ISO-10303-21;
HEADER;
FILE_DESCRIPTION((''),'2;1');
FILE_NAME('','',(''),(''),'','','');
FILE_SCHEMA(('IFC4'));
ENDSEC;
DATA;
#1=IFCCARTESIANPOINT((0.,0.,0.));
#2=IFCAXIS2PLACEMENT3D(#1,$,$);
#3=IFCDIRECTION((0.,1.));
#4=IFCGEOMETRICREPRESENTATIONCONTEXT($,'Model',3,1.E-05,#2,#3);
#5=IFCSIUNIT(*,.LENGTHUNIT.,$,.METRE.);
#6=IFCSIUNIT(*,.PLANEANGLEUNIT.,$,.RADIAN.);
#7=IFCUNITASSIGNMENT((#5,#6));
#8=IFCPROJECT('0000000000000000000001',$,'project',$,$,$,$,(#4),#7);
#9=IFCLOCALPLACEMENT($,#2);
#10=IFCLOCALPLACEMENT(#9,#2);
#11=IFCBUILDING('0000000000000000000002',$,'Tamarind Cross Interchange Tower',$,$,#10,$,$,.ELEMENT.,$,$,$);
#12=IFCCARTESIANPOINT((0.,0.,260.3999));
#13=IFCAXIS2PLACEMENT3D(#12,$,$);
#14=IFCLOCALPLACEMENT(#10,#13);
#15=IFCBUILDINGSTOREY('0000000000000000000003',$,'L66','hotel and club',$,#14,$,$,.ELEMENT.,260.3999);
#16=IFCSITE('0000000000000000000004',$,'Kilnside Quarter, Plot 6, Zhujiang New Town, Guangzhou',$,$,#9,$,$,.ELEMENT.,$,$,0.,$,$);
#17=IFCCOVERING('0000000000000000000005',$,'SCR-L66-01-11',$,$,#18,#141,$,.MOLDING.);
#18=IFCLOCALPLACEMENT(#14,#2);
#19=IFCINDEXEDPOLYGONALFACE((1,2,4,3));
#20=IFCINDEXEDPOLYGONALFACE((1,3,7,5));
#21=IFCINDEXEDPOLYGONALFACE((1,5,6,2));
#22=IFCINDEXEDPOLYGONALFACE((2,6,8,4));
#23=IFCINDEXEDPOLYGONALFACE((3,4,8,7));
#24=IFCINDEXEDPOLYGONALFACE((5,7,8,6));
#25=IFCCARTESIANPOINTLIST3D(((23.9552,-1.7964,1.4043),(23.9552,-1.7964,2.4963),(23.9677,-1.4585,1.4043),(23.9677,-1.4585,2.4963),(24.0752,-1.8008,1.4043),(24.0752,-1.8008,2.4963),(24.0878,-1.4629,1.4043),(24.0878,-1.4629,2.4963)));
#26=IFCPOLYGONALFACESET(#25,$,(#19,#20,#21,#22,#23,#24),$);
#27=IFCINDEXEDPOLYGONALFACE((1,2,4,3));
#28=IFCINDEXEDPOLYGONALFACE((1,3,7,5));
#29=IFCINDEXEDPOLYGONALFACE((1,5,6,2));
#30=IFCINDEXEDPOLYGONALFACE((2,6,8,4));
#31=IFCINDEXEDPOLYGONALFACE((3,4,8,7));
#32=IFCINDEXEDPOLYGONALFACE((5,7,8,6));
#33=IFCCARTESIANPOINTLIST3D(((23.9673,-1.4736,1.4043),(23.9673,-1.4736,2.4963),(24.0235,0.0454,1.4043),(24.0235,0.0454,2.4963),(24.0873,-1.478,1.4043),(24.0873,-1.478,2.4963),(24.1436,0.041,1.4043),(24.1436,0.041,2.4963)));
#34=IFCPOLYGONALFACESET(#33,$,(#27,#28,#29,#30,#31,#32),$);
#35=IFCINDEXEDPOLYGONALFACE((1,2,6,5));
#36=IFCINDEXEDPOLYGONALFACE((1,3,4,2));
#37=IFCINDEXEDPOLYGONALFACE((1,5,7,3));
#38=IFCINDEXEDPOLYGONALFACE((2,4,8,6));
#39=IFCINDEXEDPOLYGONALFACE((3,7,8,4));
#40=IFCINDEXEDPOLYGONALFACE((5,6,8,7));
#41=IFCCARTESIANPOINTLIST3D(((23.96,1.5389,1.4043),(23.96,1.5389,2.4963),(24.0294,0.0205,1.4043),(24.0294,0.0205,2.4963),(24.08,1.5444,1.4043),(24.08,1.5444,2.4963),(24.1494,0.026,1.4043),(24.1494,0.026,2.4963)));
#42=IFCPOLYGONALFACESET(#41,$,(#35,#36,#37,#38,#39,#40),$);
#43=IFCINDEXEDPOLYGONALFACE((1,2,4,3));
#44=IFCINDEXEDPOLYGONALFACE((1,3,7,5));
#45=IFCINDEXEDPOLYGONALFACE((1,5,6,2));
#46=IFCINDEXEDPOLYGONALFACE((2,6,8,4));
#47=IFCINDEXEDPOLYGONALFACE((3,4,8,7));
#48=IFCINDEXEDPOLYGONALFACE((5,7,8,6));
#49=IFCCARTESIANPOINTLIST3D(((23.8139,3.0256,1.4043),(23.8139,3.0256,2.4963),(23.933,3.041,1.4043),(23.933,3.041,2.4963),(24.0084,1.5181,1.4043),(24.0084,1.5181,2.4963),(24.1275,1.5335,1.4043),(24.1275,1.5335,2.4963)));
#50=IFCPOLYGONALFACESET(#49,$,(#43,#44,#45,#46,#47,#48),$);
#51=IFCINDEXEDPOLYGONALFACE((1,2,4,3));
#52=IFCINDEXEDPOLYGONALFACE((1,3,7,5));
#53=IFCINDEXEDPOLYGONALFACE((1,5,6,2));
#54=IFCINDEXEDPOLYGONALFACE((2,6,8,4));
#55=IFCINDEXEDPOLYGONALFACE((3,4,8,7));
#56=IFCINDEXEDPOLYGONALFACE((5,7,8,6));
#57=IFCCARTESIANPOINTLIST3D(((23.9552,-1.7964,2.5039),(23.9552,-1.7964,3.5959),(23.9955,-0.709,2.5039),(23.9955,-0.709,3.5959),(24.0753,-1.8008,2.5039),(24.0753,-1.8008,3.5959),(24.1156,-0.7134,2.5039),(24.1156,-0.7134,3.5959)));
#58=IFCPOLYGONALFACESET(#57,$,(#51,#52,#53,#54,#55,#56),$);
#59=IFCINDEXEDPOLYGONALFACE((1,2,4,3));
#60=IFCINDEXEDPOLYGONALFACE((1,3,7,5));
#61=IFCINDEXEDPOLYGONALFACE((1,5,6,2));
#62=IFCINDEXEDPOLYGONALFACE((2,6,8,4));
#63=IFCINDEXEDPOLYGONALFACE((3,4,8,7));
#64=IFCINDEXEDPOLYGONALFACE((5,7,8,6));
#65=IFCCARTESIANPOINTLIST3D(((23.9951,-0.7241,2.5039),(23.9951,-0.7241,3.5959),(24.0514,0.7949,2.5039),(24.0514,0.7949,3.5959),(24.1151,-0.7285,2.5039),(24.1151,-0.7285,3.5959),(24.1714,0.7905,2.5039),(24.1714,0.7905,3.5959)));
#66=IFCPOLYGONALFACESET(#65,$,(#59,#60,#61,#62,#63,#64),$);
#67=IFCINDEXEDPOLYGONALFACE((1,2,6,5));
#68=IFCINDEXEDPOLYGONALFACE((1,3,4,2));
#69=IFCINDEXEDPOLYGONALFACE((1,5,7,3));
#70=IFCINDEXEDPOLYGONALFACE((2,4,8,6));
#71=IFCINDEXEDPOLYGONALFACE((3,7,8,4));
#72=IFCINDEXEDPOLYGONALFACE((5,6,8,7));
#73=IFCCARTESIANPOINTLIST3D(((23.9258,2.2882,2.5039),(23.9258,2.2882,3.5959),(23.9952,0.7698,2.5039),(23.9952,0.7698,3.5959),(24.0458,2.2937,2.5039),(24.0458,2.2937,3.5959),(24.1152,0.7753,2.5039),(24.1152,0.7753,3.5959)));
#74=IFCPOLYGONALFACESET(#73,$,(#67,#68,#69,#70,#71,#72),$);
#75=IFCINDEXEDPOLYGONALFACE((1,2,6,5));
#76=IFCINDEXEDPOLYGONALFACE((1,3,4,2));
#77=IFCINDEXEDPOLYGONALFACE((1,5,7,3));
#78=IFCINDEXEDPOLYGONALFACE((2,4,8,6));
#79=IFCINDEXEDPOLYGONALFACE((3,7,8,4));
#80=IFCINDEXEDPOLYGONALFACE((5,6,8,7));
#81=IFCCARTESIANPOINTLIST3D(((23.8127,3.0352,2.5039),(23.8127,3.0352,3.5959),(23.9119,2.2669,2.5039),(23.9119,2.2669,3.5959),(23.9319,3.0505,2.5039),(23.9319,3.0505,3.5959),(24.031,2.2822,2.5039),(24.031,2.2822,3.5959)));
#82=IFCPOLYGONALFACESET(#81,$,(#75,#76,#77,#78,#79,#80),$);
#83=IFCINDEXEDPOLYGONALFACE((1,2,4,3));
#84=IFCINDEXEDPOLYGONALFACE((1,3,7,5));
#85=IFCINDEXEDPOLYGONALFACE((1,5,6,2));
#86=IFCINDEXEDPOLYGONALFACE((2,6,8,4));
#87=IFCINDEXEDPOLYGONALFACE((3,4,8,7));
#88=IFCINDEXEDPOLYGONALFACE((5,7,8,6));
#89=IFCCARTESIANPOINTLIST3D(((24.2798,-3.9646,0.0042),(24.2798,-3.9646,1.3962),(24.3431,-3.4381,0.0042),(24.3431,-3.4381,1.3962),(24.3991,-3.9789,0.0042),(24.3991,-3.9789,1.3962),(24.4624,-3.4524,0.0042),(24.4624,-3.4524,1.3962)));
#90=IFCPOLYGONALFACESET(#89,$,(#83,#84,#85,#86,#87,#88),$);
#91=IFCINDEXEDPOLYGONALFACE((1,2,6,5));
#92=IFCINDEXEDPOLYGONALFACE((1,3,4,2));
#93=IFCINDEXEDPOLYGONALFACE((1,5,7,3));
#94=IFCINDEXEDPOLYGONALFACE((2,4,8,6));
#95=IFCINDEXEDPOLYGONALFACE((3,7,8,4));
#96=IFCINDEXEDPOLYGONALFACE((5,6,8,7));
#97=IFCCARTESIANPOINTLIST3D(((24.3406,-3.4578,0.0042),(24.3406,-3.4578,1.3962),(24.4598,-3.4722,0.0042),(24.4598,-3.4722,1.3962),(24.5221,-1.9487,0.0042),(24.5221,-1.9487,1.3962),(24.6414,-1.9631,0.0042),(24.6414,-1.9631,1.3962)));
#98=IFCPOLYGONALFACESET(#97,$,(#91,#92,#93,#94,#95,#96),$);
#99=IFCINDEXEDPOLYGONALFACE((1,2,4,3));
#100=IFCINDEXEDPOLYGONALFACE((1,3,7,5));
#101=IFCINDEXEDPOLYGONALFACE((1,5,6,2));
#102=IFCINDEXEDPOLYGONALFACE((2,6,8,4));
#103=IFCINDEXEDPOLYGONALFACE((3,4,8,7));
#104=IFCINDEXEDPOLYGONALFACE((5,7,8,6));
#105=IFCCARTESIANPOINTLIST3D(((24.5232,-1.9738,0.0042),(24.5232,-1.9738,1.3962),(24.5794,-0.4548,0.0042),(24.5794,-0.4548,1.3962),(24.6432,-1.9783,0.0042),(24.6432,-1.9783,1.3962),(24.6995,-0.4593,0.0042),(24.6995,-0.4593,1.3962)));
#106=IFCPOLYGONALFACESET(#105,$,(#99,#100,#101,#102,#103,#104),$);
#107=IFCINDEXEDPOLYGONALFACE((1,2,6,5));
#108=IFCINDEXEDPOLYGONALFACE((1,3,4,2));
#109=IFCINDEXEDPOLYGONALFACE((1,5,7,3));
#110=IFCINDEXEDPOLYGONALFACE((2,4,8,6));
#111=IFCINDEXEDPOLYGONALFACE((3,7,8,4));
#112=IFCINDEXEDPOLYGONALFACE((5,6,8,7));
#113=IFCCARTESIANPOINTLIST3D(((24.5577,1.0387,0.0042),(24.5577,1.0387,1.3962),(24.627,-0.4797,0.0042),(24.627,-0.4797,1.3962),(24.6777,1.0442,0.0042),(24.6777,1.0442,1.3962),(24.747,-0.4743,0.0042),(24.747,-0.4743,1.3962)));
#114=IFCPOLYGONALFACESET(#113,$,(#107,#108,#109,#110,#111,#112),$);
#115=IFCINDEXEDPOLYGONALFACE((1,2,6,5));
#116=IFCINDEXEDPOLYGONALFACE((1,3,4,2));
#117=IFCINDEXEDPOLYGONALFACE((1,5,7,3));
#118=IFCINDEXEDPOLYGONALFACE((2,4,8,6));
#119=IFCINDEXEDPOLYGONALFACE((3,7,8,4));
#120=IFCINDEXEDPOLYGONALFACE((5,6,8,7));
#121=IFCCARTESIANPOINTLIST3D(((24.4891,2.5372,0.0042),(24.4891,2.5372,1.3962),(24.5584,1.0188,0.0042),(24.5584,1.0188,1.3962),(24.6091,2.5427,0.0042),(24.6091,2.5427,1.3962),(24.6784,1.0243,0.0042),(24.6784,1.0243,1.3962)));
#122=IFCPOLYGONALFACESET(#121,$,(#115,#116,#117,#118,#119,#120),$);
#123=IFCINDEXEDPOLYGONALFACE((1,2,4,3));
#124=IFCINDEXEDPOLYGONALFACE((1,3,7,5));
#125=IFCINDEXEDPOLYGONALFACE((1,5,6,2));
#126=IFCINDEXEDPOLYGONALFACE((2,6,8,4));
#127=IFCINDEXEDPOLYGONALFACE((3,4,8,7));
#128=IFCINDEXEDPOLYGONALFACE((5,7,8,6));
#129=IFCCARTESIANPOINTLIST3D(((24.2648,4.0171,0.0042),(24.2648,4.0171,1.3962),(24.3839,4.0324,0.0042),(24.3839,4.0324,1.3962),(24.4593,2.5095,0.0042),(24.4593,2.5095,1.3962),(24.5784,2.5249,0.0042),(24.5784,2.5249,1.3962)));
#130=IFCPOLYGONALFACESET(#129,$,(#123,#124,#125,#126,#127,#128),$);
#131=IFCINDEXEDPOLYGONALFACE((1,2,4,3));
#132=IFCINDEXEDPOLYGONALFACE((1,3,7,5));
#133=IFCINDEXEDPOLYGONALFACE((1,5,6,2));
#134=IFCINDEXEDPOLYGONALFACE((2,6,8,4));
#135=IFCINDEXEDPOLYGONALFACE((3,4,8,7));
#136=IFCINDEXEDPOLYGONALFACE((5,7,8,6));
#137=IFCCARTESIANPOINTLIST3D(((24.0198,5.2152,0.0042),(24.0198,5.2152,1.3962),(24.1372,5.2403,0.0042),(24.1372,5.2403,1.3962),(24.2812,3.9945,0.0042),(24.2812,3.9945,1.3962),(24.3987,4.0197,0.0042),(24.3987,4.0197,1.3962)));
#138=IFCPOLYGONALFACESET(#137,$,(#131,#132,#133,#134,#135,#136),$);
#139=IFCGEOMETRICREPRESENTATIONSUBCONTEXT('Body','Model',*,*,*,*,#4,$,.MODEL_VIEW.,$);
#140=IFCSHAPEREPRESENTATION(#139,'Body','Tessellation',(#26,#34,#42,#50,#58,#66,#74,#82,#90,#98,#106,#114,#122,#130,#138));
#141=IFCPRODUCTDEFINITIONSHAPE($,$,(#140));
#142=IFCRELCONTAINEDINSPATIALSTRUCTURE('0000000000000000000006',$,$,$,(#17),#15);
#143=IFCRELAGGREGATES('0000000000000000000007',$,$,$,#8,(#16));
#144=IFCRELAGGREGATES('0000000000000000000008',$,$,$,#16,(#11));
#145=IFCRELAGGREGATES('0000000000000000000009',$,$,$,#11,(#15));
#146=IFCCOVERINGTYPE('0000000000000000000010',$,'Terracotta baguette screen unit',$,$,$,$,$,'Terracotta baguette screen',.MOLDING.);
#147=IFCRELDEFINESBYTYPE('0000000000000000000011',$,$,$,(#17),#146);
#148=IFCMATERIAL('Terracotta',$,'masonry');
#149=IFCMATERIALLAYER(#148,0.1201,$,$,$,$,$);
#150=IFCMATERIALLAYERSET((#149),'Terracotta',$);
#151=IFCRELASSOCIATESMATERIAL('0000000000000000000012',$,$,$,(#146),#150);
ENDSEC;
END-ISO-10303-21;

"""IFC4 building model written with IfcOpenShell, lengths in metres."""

from ifc_helpers import new_model, si_unit, direction, frame, origin, origin_2d, place, context, subcontext, project, spatial, rectangle, extrude, material, layer, layer_set, type_object, element, save


model = new_model("IFC4")

# Units and contexts
model_context = context("Model", 3, precision=1e-05, world=origin(), true_north=direction((0.0, 1.0)))
body_context = subcontext(model_context, "Body", "Model", "MODEL_VIEW")
ifc_project = project(units=[si_unit("LENGTHUNIT", "METRE"), si_unit("PLANEANGLEUNIT", "RADIAN")], contexts=[model_context])

# Site, building, storey
site_placement = place(None, origin())
site = spatial("IfcSite", under=ifc_project, at=site_placement, Name="Kilnside Quarter, Plot 6, Zhujiang New Town, Guangzhou", CompositionType="ELEMENT", RefElevation=0.0)
building_placement = place(site_placement, origin())
building = spatial("IfcBuilding", under=site, at=building_placement, Name="Tamarind Cross Interchange Tower", CompositionType="ELEMENT")
storey_placement = place(building_placement, frame((0.0, 0.0, 260.3999)))
storey = spatial("IfcBuildingStorey", under=building, at=storey_placement, Name="L66", Description="hotel and club", CompositionType="ELEMENT", Elevation=260.3999)

# Covering
ifc_material_1 = material(Name="Terracotta", Category="masonry")
ifc_layer_1 = layer(ifc_material_1, 0.1201)
ifc_layer_set_1 = layer_set([ifc_layer_1], Name="Terracotta")
covering_type = type_object("IfcCoveringType", Name="Terracotta baguette screen unit", ElementType="Terracotta baguette screen", PredefinedType="MOLDING", material=ifc_layer_set_1)
covering_1_placement = place(storey_placement, origin())
element("IfcCovering", 1, at=covering_1_placement, inside=storey, type_object=covering_type, Name="SCR-L66-01-11", PredefinedType="MOLDING", context=body_context, shape_type="SweptSolid", body=[
    extrude(rectangle(XDim=0.3381, YDim=0.1201, at=origin_2d()), frame((24.0215, -1.6296, 1.4043), z_axis=(0.0, 0.0, 1.0), x_axis=(0.037025, 0.999314, 0.0)), (0.0, 0.0, 1.0), 1.092),
    extrude(rectangle(XDim=1.52, YDim=0.1201, at=origin_2d()), frame((24.0554, -0.7163, 1.4043), z_axis=(0.0, 0.0, 1.0), x_axis=(0.037025, 0.999314, 0.0)), (0.0, 0.0, 1.0), 1.092),
    extrude(rectangle(XDim=1.52, YDim=0.1201, at=origin_2d()), frame((24.0547, 0.7825, 1.4043), z_axis=(0.0, 0.0, 1.0), x_axis=(-0.045624, 0.998959, 0.0)), (0.0, 0.0, 1.0), 1.092),
    extrude(rectangle(XDim=1.52, YDim=0.1201, at=origin_2d()), frame((23.9707, 2.2795, 1.4043), z_axis=(0.0, 0.0, 1.0), x_axis=(-0.127962, 0.991779, 0.0)), (0.0, 0.0, 1.0), 1.092),
    extrude(rectangle(XDim=1.0881, YDim=0.1201, at=origin_2d()), frame((24.0354, -1.2549, 2.5039), z_axis=(0.0, 0.0, 1.0), x_axis=(0.037025, 0.999314, 0.0)), (0.0, 0.0, 1.0), 1.092),
    extrude(rectangle(XDim=1.52, YDim=0.1201, at=origin_2d()), frame((24.0833, 0.0332, 2.5039), z_axis=(0.0, 0.0, 1.0), x_axis=(0.037025, 0.999314, 0.0)), (0.0, 0.0, 1.0), 1.092),
    extrude(rectangle(XDim=1.52, YDim=0.1201, at=origin_2d()), frame((24.0205, 1.5317, 2.5039), z_axis=(0.0, 0.0, 1.0), x_axis=(-0.045624, 0.998959, 0.0)), (0.0, 0.0, 1.0), 1.092),
    extrude(rectangle(XDim=0.7747, YDim=0.1201, at=origin_2d()), frame((23.9219, 2.6587, 2.5039), z_axis=(0.0, 0.0, 1.0), x_axis=(-0.127962, 0.991779, 0.0)), (0.0, 0.0, 1.0), 1.092),
    extrude(rectangle(XDim=0.5303, YDim=0.1201, at=origin_2d()), frame((24.3711, -3.7085, 0.0042), z_axis=(0.0, 0.0, 1.0), x_axis=(0.119421, 0.992844, 0.0)), (0.0, 0.0, 1.0), 1.3921),
    extrude(rectangle(XDim=1.52, YDim=0.1201, at=origin_2d()), frame((24.491, -2.7104, 0.0042), z_axis=(0.0, 0.0, 1.0), x_axis=(0.119421, 0.992844, 0.0)), (0.0, 0.0, 1.0), 1.3921),
    extrude(rectangle(XDim=1.52, YDim=0.1201, at=origin_2d()), frame((24.6113, -1.2166, 0.0042), z_axis=(0.0, 0.0, 1.0), x_axis=(0.037025, 0.999314, 0.0)), (0.0, 0.0, 1.0), 1.3921),
    extrude(rectangle(XDim=1.52, YDim=0.1201, at=origin_2d()), frame((24.6523, 0.2822, 0.0042), z_axis=(0.0, 0.0, 1.0), x_axis=(-0.045624, 0.998959, 0.0)), (0.0, 0.0, 1.0), 1.3921),
    extrude(rectangle(XDim=1.52, YDim=0.1201, at=origin_2d()), frame((24.5837, 1.7808, 0.0042), z_axis=(0.0, 0.0, 1.0), x_axis=(-0.045624, 0.998959, 0.0)), (0.0, 0.0, 1.0), 1.3921),
    extrude(rectangle(XDim=1.52, YDim=0.1201, at=origin_2d()), frame((24.4216, 3.271, 0.0042), z_axis=(0.0, 0.0, 1.0), x_axis=(-0.127962, 0.991779, 0.0)), (0.0, 0.0, 1.0), 1.3921),
    extrude(rectangle(XDim=1.2483, YDim=0.1201, at=origin_2d()), frame((24.2092, 4.6174, 0.0042), z_axis=(0.0, 0.0, 1.0), x_axis=(-0.209425, 0.977825, 0.0)), (0.0, 0.0, 1.0), 1.3921),
])

save(model, "model.ifc")
